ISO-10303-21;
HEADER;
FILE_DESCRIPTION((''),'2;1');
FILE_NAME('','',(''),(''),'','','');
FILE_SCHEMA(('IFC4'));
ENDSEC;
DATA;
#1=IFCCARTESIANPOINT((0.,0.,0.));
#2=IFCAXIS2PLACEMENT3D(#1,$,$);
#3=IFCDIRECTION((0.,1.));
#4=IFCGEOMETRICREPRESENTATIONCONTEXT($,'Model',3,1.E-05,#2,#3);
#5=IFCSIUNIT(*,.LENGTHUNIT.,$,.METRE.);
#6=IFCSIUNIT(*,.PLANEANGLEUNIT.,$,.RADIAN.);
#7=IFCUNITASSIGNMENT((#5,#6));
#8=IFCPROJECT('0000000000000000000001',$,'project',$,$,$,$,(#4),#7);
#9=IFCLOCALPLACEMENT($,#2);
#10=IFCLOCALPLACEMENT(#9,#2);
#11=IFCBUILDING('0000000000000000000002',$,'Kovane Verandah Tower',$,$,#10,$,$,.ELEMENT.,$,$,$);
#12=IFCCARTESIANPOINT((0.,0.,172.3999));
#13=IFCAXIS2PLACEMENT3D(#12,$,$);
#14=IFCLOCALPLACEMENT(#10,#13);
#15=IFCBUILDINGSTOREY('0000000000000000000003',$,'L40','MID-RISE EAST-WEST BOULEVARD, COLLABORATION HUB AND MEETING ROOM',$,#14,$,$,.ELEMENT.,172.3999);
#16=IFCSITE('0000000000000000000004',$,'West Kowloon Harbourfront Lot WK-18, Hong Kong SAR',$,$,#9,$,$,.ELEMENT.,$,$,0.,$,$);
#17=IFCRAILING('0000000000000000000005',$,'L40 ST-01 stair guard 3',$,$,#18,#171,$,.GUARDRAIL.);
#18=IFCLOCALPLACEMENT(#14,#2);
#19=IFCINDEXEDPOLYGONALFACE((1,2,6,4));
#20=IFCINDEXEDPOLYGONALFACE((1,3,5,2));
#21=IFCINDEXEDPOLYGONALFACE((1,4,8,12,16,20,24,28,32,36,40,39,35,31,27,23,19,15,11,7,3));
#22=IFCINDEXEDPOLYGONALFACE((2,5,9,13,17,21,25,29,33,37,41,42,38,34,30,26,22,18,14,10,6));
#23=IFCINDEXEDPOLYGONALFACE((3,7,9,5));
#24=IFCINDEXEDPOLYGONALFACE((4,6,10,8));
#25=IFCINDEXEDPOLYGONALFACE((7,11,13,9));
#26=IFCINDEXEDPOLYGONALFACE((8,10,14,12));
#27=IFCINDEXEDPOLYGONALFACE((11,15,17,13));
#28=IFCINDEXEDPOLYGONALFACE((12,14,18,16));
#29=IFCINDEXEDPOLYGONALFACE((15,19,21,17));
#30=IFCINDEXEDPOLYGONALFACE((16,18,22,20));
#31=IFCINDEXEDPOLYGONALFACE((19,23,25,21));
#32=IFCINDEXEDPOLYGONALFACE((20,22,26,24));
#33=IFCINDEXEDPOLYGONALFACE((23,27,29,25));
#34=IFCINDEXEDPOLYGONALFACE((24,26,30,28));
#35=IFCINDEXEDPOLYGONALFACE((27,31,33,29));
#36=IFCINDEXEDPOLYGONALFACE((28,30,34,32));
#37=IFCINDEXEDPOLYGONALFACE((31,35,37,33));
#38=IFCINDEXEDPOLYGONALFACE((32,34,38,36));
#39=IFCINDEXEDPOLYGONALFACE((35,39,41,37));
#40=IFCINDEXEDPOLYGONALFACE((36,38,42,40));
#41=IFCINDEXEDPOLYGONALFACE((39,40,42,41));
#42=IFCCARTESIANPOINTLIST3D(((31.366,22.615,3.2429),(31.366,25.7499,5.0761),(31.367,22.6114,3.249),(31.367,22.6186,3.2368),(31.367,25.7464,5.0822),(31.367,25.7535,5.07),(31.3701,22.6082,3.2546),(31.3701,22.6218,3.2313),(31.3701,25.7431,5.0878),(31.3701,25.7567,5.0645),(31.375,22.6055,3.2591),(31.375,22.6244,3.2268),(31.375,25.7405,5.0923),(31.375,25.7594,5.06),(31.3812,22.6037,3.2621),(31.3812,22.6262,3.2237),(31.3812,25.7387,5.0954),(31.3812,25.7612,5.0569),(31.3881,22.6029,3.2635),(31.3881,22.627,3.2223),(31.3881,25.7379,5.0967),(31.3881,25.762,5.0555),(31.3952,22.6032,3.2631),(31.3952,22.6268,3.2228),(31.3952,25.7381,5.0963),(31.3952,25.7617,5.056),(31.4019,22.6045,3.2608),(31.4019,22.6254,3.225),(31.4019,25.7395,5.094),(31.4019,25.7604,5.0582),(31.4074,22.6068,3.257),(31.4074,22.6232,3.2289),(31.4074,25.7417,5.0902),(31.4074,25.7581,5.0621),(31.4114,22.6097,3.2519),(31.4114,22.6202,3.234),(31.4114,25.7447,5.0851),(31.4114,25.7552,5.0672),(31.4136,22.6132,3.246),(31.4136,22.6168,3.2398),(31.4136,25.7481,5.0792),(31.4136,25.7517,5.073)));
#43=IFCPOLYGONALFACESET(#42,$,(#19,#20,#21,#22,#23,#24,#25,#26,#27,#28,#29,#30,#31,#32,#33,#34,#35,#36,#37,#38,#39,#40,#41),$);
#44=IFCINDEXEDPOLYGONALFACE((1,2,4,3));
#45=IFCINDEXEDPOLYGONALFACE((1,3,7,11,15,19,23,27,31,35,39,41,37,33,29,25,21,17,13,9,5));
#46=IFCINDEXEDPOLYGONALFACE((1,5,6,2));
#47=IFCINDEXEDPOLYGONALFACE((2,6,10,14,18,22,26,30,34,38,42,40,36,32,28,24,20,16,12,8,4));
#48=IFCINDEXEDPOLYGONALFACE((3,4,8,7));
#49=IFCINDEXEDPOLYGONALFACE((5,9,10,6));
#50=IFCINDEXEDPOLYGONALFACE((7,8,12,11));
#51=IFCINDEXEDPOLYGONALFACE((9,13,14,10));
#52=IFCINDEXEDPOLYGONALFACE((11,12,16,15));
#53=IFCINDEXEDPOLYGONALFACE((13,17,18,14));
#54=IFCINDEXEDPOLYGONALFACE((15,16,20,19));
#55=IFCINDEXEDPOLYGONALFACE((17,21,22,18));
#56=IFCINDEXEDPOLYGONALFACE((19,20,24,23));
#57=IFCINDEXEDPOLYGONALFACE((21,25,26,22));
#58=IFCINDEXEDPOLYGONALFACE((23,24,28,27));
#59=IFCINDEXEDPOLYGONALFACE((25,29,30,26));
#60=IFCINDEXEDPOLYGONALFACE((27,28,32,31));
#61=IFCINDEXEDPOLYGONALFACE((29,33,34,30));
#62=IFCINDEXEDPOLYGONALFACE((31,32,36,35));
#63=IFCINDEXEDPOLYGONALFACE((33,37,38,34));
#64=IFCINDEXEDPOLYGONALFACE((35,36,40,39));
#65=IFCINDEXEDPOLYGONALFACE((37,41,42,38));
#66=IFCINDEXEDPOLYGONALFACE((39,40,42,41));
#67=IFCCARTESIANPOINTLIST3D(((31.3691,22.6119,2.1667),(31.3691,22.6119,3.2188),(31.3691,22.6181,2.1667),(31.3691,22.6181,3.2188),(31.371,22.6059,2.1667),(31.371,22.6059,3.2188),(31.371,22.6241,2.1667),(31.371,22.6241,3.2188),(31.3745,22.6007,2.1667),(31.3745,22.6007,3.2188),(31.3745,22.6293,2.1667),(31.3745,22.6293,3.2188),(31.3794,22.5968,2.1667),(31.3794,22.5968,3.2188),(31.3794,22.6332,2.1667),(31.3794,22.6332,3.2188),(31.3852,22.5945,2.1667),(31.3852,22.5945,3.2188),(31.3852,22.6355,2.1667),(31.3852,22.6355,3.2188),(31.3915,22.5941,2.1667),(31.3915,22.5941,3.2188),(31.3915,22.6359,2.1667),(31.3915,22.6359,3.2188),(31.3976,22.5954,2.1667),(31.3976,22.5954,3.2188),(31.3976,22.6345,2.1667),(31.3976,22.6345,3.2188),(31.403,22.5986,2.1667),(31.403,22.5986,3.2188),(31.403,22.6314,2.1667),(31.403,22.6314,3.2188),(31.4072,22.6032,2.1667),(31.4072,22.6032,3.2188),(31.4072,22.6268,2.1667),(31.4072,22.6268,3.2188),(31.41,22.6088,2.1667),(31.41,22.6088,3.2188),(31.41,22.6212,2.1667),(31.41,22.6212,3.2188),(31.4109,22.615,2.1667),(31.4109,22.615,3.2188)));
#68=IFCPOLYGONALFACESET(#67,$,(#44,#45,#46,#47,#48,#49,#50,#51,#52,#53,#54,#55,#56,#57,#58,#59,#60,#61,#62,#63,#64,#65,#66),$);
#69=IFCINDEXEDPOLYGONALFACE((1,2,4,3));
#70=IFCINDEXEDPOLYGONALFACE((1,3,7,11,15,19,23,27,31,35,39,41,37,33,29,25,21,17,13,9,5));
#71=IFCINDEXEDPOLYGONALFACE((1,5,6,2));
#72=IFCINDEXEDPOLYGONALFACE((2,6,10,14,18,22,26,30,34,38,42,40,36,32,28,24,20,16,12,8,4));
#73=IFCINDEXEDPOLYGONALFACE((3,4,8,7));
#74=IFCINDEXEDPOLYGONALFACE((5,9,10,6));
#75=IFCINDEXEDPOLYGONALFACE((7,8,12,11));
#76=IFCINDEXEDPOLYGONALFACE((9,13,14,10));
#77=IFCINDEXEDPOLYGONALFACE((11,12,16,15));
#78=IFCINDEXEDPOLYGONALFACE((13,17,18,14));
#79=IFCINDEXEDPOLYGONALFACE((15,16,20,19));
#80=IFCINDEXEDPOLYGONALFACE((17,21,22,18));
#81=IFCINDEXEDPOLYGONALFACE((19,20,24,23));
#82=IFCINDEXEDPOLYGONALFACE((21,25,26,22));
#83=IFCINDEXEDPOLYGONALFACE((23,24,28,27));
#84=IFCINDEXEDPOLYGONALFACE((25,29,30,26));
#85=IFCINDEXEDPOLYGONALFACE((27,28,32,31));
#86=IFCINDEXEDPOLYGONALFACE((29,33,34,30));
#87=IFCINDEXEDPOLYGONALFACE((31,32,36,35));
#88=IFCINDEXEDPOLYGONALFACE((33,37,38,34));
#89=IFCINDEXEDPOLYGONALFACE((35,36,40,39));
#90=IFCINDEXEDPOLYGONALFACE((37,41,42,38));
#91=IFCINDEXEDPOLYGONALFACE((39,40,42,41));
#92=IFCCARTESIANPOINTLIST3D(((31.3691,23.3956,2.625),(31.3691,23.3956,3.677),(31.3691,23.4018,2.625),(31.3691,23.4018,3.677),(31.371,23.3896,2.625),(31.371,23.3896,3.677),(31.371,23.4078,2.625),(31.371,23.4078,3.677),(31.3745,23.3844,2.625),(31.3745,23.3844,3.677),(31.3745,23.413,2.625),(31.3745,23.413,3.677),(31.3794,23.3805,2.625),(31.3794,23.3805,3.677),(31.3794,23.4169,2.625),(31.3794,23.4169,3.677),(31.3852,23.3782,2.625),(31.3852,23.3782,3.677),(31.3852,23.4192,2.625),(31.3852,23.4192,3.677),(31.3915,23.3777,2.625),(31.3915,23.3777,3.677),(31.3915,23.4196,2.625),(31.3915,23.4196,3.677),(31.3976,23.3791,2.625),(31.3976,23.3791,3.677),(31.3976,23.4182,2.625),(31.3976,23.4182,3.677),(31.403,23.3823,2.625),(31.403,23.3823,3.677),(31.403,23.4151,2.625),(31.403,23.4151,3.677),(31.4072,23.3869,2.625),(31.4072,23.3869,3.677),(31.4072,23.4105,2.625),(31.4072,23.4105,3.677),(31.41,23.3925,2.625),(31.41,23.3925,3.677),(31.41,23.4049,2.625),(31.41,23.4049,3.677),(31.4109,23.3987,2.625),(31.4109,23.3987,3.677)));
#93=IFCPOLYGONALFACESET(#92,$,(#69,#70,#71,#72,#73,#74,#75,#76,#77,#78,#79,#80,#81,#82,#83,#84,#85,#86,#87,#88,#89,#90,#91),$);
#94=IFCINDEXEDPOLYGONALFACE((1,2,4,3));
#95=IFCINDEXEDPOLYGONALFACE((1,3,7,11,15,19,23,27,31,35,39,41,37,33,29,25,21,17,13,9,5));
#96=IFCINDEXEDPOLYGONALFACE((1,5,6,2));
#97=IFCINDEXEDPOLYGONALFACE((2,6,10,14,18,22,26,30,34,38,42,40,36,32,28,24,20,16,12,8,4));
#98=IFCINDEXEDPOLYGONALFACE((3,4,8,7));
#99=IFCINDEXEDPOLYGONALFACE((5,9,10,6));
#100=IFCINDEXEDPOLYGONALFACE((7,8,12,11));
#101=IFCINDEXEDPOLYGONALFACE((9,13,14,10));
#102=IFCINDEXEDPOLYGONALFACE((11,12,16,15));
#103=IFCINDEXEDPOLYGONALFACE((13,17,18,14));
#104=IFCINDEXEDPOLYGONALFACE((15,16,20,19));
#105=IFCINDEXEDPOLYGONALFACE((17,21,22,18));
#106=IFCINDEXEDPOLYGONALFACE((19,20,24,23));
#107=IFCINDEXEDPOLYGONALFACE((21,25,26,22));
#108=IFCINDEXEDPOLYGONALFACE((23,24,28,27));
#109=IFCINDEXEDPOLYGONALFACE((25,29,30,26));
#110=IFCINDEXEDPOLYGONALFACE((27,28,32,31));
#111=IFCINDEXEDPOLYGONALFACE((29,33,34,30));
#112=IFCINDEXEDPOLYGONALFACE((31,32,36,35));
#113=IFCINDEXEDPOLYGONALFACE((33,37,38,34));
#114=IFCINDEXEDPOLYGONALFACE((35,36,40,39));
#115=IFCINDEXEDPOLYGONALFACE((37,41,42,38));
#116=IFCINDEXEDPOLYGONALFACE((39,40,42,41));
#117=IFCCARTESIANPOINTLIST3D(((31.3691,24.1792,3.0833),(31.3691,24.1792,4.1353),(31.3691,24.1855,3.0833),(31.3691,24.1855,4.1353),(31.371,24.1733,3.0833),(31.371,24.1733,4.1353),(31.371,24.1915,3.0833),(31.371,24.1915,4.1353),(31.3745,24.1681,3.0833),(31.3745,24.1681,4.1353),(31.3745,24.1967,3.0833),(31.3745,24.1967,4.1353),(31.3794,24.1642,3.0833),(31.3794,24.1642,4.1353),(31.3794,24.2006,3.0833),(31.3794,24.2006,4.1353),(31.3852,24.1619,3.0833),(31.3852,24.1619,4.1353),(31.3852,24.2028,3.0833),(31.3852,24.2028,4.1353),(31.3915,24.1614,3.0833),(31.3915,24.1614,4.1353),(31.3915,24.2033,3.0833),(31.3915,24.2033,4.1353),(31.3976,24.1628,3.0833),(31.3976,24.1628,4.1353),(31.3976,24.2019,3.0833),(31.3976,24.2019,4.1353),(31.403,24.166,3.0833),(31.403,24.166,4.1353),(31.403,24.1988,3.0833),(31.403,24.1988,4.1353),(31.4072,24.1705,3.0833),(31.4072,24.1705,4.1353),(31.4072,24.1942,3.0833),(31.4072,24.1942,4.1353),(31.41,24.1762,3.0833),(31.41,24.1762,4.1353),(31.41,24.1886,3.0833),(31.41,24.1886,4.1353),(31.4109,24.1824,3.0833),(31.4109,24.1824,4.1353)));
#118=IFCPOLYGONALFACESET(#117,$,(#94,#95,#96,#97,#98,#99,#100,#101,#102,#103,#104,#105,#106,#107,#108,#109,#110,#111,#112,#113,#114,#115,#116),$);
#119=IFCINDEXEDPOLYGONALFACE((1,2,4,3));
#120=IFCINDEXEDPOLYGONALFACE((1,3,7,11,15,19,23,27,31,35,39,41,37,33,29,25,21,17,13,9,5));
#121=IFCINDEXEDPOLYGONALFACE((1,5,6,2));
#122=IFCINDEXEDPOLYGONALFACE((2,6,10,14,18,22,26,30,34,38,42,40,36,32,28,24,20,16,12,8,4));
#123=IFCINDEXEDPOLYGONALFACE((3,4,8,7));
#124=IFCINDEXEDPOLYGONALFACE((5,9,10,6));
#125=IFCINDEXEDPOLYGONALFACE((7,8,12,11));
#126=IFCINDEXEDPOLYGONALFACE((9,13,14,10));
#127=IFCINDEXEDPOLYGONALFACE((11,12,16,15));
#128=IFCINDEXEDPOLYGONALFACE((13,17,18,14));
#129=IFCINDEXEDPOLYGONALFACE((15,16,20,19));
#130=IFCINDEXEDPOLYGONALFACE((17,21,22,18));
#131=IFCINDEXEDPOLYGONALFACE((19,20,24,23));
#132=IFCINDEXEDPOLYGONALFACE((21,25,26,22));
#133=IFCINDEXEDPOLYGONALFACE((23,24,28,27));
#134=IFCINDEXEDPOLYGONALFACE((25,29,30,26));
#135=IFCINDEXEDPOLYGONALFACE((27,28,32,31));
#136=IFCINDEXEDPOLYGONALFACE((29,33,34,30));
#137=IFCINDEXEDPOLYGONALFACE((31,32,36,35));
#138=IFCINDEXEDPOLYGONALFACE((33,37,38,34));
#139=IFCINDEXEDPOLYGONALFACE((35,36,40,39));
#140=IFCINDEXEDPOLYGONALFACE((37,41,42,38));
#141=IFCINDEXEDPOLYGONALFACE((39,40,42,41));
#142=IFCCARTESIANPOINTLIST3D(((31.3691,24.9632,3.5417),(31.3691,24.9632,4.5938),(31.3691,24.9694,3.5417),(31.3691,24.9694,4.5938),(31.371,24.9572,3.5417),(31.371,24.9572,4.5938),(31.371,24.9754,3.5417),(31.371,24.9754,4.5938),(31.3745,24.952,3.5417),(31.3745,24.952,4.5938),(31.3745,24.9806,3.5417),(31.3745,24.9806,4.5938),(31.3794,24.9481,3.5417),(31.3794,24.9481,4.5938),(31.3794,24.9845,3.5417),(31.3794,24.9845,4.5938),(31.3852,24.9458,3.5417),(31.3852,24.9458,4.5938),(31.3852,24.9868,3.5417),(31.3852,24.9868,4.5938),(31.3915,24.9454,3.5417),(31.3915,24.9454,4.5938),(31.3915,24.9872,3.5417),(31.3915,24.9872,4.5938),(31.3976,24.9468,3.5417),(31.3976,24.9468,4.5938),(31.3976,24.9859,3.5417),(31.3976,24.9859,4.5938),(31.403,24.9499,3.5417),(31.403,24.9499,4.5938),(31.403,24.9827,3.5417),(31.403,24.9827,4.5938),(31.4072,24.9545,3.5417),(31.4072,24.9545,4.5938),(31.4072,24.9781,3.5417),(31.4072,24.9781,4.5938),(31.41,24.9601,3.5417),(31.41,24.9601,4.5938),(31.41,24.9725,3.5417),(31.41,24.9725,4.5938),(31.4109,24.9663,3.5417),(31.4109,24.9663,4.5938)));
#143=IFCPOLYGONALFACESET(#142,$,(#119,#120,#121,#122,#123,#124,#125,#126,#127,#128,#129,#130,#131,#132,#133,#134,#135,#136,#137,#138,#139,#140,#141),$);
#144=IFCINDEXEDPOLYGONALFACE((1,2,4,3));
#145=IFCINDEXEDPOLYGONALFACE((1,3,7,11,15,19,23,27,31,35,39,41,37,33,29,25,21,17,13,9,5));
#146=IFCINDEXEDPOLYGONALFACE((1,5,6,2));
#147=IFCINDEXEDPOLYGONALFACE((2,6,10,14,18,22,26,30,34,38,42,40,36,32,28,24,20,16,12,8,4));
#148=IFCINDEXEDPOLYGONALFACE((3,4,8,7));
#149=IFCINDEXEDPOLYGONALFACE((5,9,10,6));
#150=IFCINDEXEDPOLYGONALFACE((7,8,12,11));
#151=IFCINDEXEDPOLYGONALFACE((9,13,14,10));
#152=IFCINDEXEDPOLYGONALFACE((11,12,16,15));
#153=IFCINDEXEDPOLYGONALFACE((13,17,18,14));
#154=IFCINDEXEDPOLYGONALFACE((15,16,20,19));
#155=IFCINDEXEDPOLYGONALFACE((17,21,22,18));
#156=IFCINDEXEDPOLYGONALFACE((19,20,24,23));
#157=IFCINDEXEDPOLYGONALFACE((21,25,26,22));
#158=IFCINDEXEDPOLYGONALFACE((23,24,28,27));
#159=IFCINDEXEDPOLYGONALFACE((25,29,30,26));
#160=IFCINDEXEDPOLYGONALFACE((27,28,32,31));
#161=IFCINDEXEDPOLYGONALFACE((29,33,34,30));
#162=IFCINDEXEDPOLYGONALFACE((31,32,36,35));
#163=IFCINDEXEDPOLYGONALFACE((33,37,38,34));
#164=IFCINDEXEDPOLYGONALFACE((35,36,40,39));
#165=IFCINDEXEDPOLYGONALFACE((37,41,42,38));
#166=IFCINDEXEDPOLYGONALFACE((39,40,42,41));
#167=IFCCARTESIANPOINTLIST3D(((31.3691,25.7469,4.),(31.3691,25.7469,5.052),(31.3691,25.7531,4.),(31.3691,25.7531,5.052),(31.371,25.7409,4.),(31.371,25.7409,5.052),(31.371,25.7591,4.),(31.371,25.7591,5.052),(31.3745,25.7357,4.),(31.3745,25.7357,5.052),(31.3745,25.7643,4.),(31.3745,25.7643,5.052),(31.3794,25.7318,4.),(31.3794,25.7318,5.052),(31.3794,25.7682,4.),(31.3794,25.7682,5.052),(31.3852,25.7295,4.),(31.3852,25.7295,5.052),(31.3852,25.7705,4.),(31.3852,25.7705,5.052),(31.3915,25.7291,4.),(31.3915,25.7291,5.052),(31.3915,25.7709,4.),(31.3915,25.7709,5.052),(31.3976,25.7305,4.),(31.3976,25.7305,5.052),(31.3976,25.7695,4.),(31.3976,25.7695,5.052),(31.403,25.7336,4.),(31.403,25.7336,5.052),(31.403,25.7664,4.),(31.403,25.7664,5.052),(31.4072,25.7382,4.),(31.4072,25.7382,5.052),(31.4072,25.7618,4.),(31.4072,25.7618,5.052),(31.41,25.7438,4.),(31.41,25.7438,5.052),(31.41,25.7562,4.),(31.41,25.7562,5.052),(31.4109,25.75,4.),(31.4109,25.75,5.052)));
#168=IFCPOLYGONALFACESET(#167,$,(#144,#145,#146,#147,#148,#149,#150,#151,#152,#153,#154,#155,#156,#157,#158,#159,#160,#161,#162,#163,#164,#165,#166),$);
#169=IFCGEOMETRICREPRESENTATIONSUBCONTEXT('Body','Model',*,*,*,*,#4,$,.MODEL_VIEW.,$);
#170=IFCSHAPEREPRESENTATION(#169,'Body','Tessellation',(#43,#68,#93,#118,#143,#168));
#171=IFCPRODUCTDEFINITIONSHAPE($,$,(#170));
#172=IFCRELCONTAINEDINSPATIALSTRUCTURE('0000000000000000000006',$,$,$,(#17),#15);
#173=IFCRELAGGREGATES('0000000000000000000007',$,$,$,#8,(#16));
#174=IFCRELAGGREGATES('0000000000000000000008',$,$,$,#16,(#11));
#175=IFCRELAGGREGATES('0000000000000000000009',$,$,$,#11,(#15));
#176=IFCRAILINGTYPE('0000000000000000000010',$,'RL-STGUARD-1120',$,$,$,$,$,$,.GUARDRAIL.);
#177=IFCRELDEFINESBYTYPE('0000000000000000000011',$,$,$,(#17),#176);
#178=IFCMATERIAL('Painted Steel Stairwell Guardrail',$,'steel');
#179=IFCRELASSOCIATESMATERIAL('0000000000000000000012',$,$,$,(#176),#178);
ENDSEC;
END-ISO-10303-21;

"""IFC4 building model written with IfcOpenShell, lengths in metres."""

from ifc_helpers import new_model, si_unit, direction, frame, origin, origin_2d, place, context, subcontext, project, spatial, circle, extrude, material, type_object, element, save


model = new_model("IFC4")

# Units and contexts
model_context = context("Model", 3, precision=1e-05, world=origin(), true_north=direction((0.0, 1.0)))
body_context = subcontext(model_context, "Body", "Model", "MODEL_VIEW")
ifc_project = project(units=[si_unit("LENGTHUNIT", "METRE"), si_unit("PLANEANGLEUNIT", "RADIAN")], contexts=[model_context])

# Site, building, storey
site_placement = place(None, origin())
site = spatial("IfcSite", under=ifc_project, at=site_placement, Name="West Kowloon Harbourfront Lot WK-18, Hong Kong SAR", CompositionType="ELEMENT", RefElevation=0.0)
building_placement = place(site_placement, origin())
building = spatial("IfcBuilding", under=site, at=building_placement, Name="Kovane Verandah Tower", CompositionType="ELEMENT")
storey_placement = place(building_placement, frame((0.0, 0.0, 172.3999)))
storey = spatial("IfcBuildingStorey", under=building, at=storey_placement, Name="L40", Description="MID-RISE EAST-WEST BOULEVARD, COLLABORATION HUB AND MEETING ROOM", CompositionType="ELEMENT", Elevation=172.3999)

# Railing
ifc_material_1 = material(Name="Painted Steel Stairwell Guardrail", Category="steel")
railing_type_1 = type_object("IfcRailingType", Name="RL-STGUARD-1120", PredefinedType="GUARDRAIL", material=ifc_material_1)
railing_1_placement = place(storey_placement, frame((31.3899, 22.615, 2.1667)))
element("IfcRailing", 1, at=railing_1_placement, inside=storey, type_object=railing_type_1, Name="L40 ST-01 stair guard 3", PredefinedType="GUARDRAIL", context=body_context, shape_type="SweptSolid", body=[
    extrude(circle(Radius=0.0239, at=origin_2d()), frame((0.0, 0.0, 1.0762), z_axis=(0.0, 0.86324, 0.504794), x_axis=(-1.0, 0.0, 0.0)), (0.0, 0.0, 1.0), 3.6316),
    extrude(circle(Radius=0.021, at=origin_2d()), origin(), (0.0, 0.0, 1.0), 1.052),
    extrude(circle(Radius=0.021, at=origin_2d()), frame((0.0, 0.7837, 0.4583)), (0.0, 0.0, 1.0), 1.052),
    extrude(circle(Radius=0.021, at=origin_2d()), frame((0.0, 1.5674, 0.9165)), (0.0, 0.0, 1.0), 1.052),
    extrude(circle(Radius=0.021, at=origin_2d()), frame((0.0, 2.3513, 1.375)), (0.0, 0.0, 1.0), 1.052),
    extrude(circle(Radius=0.021, at=origin_2d()), frame((0.0, 3.135, 1.8333)), (0.0, 0.0, 1.0), 1.052),
])

save(model, "model.ifc")
